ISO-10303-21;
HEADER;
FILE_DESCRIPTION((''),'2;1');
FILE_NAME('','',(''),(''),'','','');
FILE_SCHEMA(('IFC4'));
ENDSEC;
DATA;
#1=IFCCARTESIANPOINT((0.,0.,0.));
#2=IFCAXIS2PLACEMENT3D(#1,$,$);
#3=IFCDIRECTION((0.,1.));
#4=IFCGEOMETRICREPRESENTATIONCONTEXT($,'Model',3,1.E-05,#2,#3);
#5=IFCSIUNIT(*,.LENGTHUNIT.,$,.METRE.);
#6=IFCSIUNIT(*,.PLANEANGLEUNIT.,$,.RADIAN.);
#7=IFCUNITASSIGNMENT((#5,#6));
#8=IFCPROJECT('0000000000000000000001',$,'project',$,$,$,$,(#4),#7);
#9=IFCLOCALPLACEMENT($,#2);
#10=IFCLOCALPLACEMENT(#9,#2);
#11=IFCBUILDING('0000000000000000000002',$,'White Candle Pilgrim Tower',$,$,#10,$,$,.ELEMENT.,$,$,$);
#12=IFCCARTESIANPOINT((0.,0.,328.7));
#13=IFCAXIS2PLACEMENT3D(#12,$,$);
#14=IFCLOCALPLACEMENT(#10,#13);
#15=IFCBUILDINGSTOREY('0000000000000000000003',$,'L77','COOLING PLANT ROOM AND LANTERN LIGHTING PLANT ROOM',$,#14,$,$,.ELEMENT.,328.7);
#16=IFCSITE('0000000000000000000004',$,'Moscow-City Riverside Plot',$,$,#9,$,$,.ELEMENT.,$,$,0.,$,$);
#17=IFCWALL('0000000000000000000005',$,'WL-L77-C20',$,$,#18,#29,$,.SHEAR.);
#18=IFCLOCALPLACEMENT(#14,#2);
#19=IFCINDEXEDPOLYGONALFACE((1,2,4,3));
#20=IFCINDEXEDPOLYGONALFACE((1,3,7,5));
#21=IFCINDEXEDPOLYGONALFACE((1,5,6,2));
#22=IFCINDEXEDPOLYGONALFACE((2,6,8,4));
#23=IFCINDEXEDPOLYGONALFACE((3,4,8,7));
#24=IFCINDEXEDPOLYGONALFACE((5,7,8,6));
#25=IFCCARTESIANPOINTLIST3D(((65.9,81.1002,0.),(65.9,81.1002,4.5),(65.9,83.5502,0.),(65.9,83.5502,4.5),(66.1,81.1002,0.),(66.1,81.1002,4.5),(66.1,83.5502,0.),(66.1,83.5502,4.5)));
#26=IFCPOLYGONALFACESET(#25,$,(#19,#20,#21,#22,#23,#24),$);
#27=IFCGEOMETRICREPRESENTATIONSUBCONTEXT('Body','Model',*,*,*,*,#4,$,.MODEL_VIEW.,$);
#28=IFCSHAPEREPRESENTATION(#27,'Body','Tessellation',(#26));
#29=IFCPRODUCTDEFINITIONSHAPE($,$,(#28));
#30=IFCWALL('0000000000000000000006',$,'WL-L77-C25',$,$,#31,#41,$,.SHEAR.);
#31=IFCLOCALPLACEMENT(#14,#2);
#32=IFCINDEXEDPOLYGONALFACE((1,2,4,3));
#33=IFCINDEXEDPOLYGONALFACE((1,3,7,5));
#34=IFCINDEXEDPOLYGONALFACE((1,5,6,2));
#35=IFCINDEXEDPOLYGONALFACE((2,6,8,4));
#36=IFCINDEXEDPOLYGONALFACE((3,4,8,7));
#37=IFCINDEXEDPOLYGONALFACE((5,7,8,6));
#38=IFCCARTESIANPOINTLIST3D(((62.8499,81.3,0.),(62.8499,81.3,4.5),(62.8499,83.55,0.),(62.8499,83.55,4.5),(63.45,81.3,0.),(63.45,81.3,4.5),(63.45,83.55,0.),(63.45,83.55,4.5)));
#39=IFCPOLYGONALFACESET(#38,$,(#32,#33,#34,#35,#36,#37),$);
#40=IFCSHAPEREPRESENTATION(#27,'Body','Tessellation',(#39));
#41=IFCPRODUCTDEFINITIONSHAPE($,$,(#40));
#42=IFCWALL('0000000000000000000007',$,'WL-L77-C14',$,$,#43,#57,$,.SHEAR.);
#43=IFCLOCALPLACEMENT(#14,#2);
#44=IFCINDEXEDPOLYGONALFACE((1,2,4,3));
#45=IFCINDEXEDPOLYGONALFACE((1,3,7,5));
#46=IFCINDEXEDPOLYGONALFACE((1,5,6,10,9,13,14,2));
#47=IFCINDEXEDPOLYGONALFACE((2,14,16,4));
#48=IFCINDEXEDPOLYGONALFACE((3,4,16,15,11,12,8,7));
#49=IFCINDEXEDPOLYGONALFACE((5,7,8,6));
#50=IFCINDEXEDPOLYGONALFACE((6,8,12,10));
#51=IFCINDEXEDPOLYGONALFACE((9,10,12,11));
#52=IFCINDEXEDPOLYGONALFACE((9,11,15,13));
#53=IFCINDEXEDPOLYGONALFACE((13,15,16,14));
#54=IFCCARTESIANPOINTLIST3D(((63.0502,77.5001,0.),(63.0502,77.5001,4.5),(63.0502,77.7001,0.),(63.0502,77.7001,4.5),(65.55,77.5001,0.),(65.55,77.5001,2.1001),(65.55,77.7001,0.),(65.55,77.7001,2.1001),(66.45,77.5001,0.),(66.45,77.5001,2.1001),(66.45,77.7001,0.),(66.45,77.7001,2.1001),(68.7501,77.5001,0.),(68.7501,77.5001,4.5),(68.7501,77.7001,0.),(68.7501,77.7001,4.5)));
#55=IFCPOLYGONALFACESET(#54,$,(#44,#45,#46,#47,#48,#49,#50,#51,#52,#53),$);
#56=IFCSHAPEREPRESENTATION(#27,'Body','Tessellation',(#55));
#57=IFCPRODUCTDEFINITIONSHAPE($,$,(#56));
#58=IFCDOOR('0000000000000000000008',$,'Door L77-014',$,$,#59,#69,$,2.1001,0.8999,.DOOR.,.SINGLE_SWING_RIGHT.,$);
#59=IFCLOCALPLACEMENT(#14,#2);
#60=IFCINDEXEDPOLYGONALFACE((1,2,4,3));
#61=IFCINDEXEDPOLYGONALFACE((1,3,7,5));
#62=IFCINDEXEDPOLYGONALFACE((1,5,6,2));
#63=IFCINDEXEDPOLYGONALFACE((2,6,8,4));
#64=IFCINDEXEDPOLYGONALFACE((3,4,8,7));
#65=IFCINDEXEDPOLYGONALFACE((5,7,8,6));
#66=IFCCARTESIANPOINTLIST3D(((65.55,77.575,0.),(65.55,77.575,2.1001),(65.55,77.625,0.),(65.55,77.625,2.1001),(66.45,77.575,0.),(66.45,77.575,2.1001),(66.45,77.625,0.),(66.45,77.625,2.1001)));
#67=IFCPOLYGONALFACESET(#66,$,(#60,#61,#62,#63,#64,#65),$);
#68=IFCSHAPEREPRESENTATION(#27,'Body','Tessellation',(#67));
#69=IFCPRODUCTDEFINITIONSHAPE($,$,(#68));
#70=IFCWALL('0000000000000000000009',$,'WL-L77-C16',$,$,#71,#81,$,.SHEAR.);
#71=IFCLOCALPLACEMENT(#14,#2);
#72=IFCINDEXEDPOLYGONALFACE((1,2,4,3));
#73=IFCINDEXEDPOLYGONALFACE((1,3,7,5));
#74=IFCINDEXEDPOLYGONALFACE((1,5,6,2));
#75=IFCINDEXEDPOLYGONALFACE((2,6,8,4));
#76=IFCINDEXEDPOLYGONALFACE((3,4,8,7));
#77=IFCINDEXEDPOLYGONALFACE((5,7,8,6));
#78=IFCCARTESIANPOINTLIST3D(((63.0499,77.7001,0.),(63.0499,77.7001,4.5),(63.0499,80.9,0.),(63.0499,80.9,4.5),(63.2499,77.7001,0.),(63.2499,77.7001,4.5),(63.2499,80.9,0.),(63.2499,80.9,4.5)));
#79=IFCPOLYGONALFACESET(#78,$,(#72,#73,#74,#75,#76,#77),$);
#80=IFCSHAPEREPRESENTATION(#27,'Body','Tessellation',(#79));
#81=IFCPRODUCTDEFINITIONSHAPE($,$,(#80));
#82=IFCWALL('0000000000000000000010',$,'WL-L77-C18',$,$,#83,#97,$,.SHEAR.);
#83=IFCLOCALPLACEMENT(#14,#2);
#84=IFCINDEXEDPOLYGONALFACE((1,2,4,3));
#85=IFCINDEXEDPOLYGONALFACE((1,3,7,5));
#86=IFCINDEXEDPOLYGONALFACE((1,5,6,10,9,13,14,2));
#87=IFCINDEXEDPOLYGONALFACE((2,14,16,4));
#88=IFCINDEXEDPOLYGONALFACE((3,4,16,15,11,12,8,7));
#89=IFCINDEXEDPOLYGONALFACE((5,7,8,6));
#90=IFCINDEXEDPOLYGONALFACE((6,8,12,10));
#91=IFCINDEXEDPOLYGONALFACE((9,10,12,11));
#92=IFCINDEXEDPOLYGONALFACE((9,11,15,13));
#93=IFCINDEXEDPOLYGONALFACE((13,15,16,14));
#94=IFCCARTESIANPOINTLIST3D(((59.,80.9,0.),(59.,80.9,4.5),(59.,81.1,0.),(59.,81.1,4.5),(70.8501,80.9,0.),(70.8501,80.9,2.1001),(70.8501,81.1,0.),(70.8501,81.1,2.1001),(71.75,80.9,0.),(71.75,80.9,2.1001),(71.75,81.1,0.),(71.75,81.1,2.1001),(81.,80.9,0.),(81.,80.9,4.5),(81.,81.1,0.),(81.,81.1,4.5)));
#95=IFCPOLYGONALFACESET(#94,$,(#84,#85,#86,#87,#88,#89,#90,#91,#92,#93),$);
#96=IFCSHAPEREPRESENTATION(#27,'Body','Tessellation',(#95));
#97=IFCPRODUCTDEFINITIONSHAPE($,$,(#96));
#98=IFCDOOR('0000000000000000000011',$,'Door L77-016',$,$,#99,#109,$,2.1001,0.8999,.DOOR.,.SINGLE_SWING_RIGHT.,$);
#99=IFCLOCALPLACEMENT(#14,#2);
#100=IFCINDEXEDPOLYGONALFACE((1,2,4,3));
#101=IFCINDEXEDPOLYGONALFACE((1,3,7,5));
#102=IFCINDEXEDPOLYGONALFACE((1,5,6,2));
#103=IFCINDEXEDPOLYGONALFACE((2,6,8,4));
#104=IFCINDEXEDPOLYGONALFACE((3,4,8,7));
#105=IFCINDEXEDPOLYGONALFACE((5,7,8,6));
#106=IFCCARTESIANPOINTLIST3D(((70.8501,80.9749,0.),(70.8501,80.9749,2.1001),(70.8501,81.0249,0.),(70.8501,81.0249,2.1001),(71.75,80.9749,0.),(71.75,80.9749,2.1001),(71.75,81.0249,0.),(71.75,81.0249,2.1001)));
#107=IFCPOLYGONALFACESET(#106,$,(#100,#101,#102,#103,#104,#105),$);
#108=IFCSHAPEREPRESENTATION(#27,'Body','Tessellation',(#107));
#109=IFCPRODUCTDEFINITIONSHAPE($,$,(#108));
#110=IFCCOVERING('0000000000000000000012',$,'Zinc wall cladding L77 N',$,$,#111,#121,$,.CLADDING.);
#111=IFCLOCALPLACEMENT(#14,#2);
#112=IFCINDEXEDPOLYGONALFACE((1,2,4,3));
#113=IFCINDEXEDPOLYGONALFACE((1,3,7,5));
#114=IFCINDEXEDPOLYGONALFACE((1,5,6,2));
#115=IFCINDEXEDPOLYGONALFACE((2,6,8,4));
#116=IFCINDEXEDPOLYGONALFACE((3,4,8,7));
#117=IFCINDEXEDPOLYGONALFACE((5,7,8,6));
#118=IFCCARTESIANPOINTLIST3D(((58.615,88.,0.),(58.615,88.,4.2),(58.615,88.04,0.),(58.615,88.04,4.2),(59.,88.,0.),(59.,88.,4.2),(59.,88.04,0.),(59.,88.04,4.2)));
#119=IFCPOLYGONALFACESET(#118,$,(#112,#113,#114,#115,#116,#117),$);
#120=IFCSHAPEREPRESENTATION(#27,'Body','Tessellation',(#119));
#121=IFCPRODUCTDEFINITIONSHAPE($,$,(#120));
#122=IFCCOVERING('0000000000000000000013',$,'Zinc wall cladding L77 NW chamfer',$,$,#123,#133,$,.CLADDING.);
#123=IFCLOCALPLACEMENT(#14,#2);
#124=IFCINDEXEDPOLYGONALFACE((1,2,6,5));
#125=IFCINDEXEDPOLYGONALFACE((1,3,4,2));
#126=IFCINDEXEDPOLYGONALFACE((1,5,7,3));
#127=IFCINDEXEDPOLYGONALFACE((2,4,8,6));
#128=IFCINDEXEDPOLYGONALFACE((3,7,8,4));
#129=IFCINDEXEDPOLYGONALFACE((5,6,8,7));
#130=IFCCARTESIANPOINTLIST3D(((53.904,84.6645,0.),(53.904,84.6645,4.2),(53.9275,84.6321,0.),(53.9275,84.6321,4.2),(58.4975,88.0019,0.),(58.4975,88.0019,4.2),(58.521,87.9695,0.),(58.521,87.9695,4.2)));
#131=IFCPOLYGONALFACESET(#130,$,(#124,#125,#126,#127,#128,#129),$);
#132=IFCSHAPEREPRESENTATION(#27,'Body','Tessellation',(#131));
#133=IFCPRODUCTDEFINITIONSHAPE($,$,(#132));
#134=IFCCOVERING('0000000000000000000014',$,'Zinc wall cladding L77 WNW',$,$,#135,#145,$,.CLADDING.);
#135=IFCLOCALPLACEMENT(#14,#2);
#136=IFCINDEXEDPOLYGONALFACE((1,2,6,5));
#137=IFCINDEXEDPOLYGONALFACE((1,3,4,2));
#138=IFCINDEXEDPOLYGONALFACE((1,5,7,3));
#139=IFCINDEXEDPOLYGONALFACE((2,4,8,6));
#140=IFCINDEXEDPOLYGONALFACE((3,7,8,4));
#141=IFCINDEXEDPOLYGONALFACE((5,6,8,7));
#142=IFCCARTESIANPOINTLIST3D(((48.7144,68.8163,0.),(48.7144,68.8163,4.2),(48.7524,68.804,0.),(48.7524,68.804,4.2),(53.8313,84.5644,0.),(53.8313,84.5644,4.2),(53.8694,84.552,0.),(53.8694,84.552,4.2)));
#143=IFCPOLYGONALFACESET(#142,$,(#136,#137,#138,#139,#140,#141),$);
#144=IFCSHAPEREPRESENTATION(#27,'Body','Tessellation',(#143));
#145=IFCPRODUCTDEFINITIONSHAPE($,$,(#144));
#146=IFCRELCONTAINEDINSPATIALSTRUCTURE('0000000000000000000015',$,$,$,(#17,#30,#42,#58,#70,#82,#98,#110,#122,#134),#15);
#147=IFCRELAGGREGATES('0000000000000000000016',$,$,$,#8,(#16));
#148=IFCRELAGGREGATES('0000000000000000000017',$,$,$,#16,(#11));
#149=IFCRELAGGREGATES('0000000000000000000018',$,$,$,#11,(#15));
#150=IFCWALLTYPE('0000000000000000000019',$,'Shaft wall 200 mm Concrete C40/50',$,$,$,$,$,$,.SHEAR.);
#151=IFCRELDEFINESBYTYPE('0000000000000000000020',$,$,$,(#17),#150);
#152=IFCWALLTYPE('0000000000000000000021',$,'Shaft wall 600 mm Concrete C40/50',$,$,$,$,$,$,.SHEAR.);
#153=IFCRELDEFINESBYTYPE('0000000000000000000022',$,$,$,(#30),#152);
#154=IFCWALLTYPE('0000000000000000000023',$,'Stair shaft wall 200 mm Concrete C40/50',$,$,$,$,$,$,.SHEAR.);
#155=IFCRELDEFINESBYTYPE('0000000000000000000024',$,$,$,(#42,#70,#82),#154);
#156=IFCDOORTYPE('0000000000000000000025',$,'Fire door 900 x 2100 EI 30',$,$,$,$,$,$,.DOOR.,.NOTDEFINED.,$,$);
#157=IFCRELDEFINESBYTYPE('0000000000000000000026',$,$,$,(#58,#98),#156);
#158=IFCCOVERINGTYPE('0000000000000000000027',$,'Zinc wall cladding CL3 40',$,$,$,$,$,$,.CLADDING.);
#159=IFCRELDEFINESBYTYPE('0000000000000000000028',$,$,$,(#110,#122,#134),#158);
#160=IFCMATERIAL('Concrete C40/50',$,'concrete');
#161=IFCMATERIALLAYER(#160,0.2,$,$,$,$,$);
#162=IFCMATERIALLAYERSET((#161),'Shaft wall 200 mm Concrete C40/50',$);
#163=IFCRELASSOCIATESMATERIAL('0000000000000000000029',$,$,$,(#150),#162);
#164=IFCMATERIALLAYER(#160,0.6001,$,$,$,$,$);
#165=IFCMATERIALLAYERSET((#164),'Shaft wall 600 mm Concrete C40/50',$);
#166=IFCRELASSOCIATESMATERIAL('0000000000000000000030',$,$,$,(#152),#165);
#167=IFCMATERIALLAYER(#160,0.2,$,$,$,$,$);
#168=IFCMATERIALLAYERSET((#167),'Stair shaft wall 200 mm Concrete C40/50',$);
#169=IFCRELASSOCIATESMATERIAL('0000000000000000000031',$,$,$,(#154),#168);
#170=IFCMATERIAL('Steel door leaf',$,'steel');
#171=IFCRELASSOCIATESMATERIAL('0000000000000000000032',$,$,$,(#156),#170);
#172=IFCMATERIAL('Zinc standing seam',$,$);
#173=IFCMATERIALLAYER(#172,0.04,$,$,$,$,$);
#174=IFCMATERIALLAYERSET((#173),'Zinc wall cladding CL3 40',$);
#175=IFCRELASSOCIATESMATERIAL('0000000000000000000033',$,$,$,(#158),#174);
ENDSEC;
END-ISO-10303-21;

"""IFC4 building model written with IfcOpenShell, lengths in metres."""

from ifc_helpers import new_model, si_unit, direction, frame, frame_2d, origin, place, context, subcontext, project, spatial, polyline, rectangle, outline, extrude, material, layer, layer_set, type_object, element, fill, save


model = new_model("IFC4")

# Units and contexts
model_context = context("Model", 3, precision=1e-05, world=origin(), true_north=direction((0.0, 1.0)))
body_context = subcontext(model_context, "Body", "Model", "MODEL_VIEW")
ifc_project = project(units=[si_unit("LENGTHUNIT", "METRE"), si_unit("PLANEANGLEUNIT", "RADIAN")], contexts=[model_context])

# Site, building, storey
site_placement = place(None, origin())
site = spatial("IfcSite", under=ifc_project, at=site_placement, Name="Moscow-City Riverside Plot", CompositionType="ELEMENT", RefElevation=0.0)
building_placement = place(site_placement, origin())
building = spatial("IfcBuilding", under=site, at=building_placement, Name="White Candle Pilgrim Tower", CompositionType="ELEMENT")
storey_placement = place(building_placement, frame((0.0, 0.0, 328.7)))
storey = spatial("IfcBuildingStorey", under=building, at=storey_placement, Name="L77", Description="COOLING PLANT ROOM AND LANTERN LIGHTING PLANT ROOM", CompositionType="ELEMENT", Elevation=328.7)

# Shared definitions
ifc_material_1 = material(Name="Concrete C40/50", Category="concrete")

# Shared definitions
ifc_material_2 = material(Name="Steel door leaf", Category="steel")

# Walls
ifc_layer_1 = layer(ifc_material_1, 0.2)
ifc_layer_set_1 = layer_set([ifc_layer_1], Name="Shaft wall 200 mm Concrete C40/50")
wall_type_1 = type_object("IfcWallType", Name="Shaft wall 200 mm Concrete C40/50", PredefinedType="SHEAR", material=ifc_layer_set_1)
wall_1_placement = place(storey_placement, frame((66.0, 81.1001, 0.0), z_axis=(0.0, 0.0, 1.0), x_axis=(0.0, 1.0, 0.0)))
element("IfcWall", 1, at=wall_1_placement, inside=storey, type_object=wall_type_1, Name="WL-L77-C20", PredefinedType="SHEAR", context=body_context, shape_type="SweptSolid", body=[
    extrude(rectangle(XDim=2.45, YDim=0.2, at=frame_2d((1.2251, 0.0))), origin(), (0.0, 0.0, 1.0), 4.5),
])
ifc_layer_2 = layer(ifc_material_1, 0.6001)
ifc_layer_set_2 = layer_set([ifc_layer_2], Name="Shaft wall 600 mm Concrete C40/50")
wall_type_2 = type_object("IfcWallType", Name="Shaft wall 600 mm Concrete C40/50", PredefinedType="SHEAR", material=ifc_layer_set_2)
wall_2_placement = place(storey_placement, frame((63.1499, 81.3, 0.0), z_axis=(0.0, 0.0, 1.0), x_axis=(0.0, 1.0, 0.0)))
element("IfcWall", 2, at=wall_2_placement, inside=storey, type_object=wall_type_2, Name="WL-L77-C25", PredefinedType="SHEAR", context=body_context, shape_type="SweptSolid", body=[
    extrude(rectangle(XDim=2.25, YDim=0.6001, at=frame_2d((1.125, 0.0))), origin(), (0.0, 0.0, 1.0), 4.5),
])

# Wall, opening, door
ifc_layer_3 = layer(ifc_material_1, 0.2)
ifc_layer_set_3 = layer_set([ifc_layer_3], Name="Stair shaft wall 200 mm Concrete C40/50")
wall_type_3 = type_object("IfcWallType", Name="Stair shaft wall 200 mm Concrete C40/50", PredefinedType="SHEAR", material=ifc_layer_set_3)
wall_3_placement = place(storey_placement, frame((63.05, 77.6001, 0.0), z_axis=(0.0, 0.0, 1.0), x_axis=(1.0, 0.0, 0.0)))
wall_3 = element("IfcWall", 3, at=wall_3_placement, inside=storey, type_object=wall_type_3, Name="WL-L77-C14", PredefinedType="SHEAR", context=body_context, shape_type="SweptSolid", body=[
    extrude(rectangle(XDim=5.7, YDim=0.2, at=frame_2d((2.8501, 0.0))), origin(), (0.0, 0.0, 1.0), 4.5),
])
opening_1_placement = place(wall_3_placement, frame((2.5, 0.0, 0.0)))
opening_1 = element("IfcOpeningElement", 4, at=opening_1_placement, cuts=wall_3, PredefinedType="OPENING", context=body_context, shape_type="SweptSolid", body=[
    extrude(rectangle(XDim=0.8999, YDim=2.1001, at=frame_2d((0.45, 1.05))), frame((0.0, 0.1099, 0.0), z_axis=(0.0, -1.0, 0.0), x_axis=(1.0, 0.0, 0.0)), (0.0, 0.0, 1.0), 0.22),
])
door_type_1 = type_object("IfcDoorType", Name="Fire door 900 x 2100 EI 30", OperationType="NOTDEFINED", PredefinedType="DOOR", material=ifc_material_2)
door_1_placement = place(opening_1_placement, origin())
door_1 = element("IfcDoor", 5, at=door_1_placement, inside=storey, type_object=door_type_1, Name="Door L77-014", OperationType="SINGLE_SWING_RIGHT", OverallHeight=2.1001, OverallWidth=0.8999, PredefinedType="DOOR", context=body_context, shape_type="SweptSolid", body=[
    extrude(rectangle(XDim=0.8999, YDim=2.1001, at=frame_2d((0.45, 1.05))), frame((0.0, 0.0249, 0.0), z_axis=(0.0, -1.0, 0.0), x_axis=(1.0, 0.0, 0.0)), (0.0, 0.0, 1.0), 0.05),
])
fill(opening_1, door_1)

# Wall
wall_4_placement = place(storey_placement, frame((63.1499, 77.7, 0.0), z_axis=(0.0, 0.0, 1.0), x_axis=(0.0, 1.0, 0.0)))
element("IfcWall", 6, at=wall_4_placement, inside=storey, type_object=wall_type_3, Name="WL-L77-C16", PredefinedType="SHEAR", context=body_context, shape_type="SweptSolid", body=[
    extrude(rectangle(XDim=3.2, YDim=0.2, at=frame_2d((1.6001, 0.0))), origin(), (0.0, 0.0, 1.0), 4.5),
])

# Wall, opening, door
wall_5_placement = place(storey_placement, frame((59.0, 81.0, 0.0), z_axis=(0.0, 0.0, 1.0), x_axis=(1.0, 0.0, 0.0)))
wall_5 = element("IfcWall", 7, at=wall_5_placement, inside=storey, type_object=wall_type_3, Name="WL-L77-C18", PredefinedType="SHEAR", context=body_context, shape_type="SweptSolid", body=[
    extrude(rectangle(XDim=22.0, YDim=0.2, at=frame_2d((11.0, 0.0))), origin(), (0.0, 0.0, 1.0), 4.5),
])
opening_2_placement = place(wall_5_placement, frame((11.8501, 0.0, 0.0)))
opening_2 = element("IfcOpeningElement", 8, at=opening_2_placement, cuts=wall_5, PredefinedType="OPENING", context=body_context, shape_type="SweptSolid", body=[
    extrude(rectangle(XDim=0.8999, YDim=2.1001, at=frame_2d((0.45, 1.05))), frame((0.0, 0.1099, 0.0), z_axis=(0.0, -1.0, 0.0), x_axis=(1.0, 0.0, 0.0)), (0.0, 0.0, 1.0), 0.22),
])
door_2_placement = place(opening_2_placement, origin())
door_2 = element("IfcDoor", 9, at=door_2_placement, inside=storey, type_object=door_type_1, Name="Door L77-016", OperationType="SINGLE_SWING_RIGHT", OverallHeight=2.1001, OverallWidth=0.8999, PredefinedType="DOOR", context=body_context, shape_type="SweptSolid", body=[
    extrude(rectangle(XDim=0.8999, YDim=2.1001, at=frame_2d((0.45, 1.05))), frame((0.0, 0.0249, 0.0), z_axis=(0.0, -1.0, 0.0), x_axis=(1.0, 0.0, 0.0)), (0.0, 0.0, 1.0), 0.05),
])
fill(opening_2, door_2)

# Coverings
ifc_material_3 = material(Name="Zinc standing seam")
ifc_layer_4 = layer(ifc_material_3, 0.04)
ifc_layer_set_4 = layer_set([ifc_layer_4], Name="Zinc wall cladding CL3 40")
covering_type = type_object("IfcCoveringType", Name="Zinc wall cladding CL3 40", PredefinedType="CLADDING", material=ifc_layer_set_4)
covering_1_placement = place(storey_placement, frame((59.0, 88.0, 4.2), z_axis=(0.0, -1.0, 0.0), x_axis=(-1.0, 0.0, 0.0)))
element("IfcCovering", 10, at=covering_1_placement, inside=storey, type_object=covering_type, Name="Zinc wall cladding L77 N", PredefinedType="CLADDING", context=body_context, shape_type="SweptSolid", body=[
    extrude(outline(polyline([(0.0, 0.0), (0.385, 0.0), (0.385, 4.2), (0.0, 4.2), (0.0, 0.0)])), origin(), (0.0, 0.0, -1.0), 0.04),
])
covering_2_placement = place(storey_placement, frame((58.521, 87.9695, 4.2), z_axis=(0.587788, -0.809015, 0.0), x_axis=(-0.809015, -0.587788, 0.0)))
element("IfcCovering", 11, at=covering_2_placement, inside=storey, type_object=covering_type, Name="Zinc wall cladding L77 NW chamfer", PredefinedType="CLADDING", context=body_context, shape_type="SweptSolid", body=[
    extrude(outline(polyline([(0.0, 0.0), (5.6779, 0.0), (5.6779, 4.2), (0.0, 4.2), (0.0, 0.0)])), origin(), (0.0, 0.0, -1.0), 0.04),
])
covering_3_placement = place(storey_placement, frame((53.8694, 84.552, 4.2), z_axis=(0.951055, -0.309022, 0.0), x_axis=(-0.309022, -0.951055, 0.0)))
element("IfcCovering", 12, at=covering_3_placement, inside=storey, type_object=covering_type, Name="Zinc wall cladding L77 WNW", PredefinedType="CLADDING", context=body_context, shape_type="SweptSolid", body=[
    extrude(outline(polyline([(0.0, 0.0), (16.5585, 0.0), (16.5585, 4.2), (0.0, 4.2), (0.0, 0.0)])), origin(), (0.0, 0.0, -1.0), 0.04),
])

save(model, "model.ifc")
